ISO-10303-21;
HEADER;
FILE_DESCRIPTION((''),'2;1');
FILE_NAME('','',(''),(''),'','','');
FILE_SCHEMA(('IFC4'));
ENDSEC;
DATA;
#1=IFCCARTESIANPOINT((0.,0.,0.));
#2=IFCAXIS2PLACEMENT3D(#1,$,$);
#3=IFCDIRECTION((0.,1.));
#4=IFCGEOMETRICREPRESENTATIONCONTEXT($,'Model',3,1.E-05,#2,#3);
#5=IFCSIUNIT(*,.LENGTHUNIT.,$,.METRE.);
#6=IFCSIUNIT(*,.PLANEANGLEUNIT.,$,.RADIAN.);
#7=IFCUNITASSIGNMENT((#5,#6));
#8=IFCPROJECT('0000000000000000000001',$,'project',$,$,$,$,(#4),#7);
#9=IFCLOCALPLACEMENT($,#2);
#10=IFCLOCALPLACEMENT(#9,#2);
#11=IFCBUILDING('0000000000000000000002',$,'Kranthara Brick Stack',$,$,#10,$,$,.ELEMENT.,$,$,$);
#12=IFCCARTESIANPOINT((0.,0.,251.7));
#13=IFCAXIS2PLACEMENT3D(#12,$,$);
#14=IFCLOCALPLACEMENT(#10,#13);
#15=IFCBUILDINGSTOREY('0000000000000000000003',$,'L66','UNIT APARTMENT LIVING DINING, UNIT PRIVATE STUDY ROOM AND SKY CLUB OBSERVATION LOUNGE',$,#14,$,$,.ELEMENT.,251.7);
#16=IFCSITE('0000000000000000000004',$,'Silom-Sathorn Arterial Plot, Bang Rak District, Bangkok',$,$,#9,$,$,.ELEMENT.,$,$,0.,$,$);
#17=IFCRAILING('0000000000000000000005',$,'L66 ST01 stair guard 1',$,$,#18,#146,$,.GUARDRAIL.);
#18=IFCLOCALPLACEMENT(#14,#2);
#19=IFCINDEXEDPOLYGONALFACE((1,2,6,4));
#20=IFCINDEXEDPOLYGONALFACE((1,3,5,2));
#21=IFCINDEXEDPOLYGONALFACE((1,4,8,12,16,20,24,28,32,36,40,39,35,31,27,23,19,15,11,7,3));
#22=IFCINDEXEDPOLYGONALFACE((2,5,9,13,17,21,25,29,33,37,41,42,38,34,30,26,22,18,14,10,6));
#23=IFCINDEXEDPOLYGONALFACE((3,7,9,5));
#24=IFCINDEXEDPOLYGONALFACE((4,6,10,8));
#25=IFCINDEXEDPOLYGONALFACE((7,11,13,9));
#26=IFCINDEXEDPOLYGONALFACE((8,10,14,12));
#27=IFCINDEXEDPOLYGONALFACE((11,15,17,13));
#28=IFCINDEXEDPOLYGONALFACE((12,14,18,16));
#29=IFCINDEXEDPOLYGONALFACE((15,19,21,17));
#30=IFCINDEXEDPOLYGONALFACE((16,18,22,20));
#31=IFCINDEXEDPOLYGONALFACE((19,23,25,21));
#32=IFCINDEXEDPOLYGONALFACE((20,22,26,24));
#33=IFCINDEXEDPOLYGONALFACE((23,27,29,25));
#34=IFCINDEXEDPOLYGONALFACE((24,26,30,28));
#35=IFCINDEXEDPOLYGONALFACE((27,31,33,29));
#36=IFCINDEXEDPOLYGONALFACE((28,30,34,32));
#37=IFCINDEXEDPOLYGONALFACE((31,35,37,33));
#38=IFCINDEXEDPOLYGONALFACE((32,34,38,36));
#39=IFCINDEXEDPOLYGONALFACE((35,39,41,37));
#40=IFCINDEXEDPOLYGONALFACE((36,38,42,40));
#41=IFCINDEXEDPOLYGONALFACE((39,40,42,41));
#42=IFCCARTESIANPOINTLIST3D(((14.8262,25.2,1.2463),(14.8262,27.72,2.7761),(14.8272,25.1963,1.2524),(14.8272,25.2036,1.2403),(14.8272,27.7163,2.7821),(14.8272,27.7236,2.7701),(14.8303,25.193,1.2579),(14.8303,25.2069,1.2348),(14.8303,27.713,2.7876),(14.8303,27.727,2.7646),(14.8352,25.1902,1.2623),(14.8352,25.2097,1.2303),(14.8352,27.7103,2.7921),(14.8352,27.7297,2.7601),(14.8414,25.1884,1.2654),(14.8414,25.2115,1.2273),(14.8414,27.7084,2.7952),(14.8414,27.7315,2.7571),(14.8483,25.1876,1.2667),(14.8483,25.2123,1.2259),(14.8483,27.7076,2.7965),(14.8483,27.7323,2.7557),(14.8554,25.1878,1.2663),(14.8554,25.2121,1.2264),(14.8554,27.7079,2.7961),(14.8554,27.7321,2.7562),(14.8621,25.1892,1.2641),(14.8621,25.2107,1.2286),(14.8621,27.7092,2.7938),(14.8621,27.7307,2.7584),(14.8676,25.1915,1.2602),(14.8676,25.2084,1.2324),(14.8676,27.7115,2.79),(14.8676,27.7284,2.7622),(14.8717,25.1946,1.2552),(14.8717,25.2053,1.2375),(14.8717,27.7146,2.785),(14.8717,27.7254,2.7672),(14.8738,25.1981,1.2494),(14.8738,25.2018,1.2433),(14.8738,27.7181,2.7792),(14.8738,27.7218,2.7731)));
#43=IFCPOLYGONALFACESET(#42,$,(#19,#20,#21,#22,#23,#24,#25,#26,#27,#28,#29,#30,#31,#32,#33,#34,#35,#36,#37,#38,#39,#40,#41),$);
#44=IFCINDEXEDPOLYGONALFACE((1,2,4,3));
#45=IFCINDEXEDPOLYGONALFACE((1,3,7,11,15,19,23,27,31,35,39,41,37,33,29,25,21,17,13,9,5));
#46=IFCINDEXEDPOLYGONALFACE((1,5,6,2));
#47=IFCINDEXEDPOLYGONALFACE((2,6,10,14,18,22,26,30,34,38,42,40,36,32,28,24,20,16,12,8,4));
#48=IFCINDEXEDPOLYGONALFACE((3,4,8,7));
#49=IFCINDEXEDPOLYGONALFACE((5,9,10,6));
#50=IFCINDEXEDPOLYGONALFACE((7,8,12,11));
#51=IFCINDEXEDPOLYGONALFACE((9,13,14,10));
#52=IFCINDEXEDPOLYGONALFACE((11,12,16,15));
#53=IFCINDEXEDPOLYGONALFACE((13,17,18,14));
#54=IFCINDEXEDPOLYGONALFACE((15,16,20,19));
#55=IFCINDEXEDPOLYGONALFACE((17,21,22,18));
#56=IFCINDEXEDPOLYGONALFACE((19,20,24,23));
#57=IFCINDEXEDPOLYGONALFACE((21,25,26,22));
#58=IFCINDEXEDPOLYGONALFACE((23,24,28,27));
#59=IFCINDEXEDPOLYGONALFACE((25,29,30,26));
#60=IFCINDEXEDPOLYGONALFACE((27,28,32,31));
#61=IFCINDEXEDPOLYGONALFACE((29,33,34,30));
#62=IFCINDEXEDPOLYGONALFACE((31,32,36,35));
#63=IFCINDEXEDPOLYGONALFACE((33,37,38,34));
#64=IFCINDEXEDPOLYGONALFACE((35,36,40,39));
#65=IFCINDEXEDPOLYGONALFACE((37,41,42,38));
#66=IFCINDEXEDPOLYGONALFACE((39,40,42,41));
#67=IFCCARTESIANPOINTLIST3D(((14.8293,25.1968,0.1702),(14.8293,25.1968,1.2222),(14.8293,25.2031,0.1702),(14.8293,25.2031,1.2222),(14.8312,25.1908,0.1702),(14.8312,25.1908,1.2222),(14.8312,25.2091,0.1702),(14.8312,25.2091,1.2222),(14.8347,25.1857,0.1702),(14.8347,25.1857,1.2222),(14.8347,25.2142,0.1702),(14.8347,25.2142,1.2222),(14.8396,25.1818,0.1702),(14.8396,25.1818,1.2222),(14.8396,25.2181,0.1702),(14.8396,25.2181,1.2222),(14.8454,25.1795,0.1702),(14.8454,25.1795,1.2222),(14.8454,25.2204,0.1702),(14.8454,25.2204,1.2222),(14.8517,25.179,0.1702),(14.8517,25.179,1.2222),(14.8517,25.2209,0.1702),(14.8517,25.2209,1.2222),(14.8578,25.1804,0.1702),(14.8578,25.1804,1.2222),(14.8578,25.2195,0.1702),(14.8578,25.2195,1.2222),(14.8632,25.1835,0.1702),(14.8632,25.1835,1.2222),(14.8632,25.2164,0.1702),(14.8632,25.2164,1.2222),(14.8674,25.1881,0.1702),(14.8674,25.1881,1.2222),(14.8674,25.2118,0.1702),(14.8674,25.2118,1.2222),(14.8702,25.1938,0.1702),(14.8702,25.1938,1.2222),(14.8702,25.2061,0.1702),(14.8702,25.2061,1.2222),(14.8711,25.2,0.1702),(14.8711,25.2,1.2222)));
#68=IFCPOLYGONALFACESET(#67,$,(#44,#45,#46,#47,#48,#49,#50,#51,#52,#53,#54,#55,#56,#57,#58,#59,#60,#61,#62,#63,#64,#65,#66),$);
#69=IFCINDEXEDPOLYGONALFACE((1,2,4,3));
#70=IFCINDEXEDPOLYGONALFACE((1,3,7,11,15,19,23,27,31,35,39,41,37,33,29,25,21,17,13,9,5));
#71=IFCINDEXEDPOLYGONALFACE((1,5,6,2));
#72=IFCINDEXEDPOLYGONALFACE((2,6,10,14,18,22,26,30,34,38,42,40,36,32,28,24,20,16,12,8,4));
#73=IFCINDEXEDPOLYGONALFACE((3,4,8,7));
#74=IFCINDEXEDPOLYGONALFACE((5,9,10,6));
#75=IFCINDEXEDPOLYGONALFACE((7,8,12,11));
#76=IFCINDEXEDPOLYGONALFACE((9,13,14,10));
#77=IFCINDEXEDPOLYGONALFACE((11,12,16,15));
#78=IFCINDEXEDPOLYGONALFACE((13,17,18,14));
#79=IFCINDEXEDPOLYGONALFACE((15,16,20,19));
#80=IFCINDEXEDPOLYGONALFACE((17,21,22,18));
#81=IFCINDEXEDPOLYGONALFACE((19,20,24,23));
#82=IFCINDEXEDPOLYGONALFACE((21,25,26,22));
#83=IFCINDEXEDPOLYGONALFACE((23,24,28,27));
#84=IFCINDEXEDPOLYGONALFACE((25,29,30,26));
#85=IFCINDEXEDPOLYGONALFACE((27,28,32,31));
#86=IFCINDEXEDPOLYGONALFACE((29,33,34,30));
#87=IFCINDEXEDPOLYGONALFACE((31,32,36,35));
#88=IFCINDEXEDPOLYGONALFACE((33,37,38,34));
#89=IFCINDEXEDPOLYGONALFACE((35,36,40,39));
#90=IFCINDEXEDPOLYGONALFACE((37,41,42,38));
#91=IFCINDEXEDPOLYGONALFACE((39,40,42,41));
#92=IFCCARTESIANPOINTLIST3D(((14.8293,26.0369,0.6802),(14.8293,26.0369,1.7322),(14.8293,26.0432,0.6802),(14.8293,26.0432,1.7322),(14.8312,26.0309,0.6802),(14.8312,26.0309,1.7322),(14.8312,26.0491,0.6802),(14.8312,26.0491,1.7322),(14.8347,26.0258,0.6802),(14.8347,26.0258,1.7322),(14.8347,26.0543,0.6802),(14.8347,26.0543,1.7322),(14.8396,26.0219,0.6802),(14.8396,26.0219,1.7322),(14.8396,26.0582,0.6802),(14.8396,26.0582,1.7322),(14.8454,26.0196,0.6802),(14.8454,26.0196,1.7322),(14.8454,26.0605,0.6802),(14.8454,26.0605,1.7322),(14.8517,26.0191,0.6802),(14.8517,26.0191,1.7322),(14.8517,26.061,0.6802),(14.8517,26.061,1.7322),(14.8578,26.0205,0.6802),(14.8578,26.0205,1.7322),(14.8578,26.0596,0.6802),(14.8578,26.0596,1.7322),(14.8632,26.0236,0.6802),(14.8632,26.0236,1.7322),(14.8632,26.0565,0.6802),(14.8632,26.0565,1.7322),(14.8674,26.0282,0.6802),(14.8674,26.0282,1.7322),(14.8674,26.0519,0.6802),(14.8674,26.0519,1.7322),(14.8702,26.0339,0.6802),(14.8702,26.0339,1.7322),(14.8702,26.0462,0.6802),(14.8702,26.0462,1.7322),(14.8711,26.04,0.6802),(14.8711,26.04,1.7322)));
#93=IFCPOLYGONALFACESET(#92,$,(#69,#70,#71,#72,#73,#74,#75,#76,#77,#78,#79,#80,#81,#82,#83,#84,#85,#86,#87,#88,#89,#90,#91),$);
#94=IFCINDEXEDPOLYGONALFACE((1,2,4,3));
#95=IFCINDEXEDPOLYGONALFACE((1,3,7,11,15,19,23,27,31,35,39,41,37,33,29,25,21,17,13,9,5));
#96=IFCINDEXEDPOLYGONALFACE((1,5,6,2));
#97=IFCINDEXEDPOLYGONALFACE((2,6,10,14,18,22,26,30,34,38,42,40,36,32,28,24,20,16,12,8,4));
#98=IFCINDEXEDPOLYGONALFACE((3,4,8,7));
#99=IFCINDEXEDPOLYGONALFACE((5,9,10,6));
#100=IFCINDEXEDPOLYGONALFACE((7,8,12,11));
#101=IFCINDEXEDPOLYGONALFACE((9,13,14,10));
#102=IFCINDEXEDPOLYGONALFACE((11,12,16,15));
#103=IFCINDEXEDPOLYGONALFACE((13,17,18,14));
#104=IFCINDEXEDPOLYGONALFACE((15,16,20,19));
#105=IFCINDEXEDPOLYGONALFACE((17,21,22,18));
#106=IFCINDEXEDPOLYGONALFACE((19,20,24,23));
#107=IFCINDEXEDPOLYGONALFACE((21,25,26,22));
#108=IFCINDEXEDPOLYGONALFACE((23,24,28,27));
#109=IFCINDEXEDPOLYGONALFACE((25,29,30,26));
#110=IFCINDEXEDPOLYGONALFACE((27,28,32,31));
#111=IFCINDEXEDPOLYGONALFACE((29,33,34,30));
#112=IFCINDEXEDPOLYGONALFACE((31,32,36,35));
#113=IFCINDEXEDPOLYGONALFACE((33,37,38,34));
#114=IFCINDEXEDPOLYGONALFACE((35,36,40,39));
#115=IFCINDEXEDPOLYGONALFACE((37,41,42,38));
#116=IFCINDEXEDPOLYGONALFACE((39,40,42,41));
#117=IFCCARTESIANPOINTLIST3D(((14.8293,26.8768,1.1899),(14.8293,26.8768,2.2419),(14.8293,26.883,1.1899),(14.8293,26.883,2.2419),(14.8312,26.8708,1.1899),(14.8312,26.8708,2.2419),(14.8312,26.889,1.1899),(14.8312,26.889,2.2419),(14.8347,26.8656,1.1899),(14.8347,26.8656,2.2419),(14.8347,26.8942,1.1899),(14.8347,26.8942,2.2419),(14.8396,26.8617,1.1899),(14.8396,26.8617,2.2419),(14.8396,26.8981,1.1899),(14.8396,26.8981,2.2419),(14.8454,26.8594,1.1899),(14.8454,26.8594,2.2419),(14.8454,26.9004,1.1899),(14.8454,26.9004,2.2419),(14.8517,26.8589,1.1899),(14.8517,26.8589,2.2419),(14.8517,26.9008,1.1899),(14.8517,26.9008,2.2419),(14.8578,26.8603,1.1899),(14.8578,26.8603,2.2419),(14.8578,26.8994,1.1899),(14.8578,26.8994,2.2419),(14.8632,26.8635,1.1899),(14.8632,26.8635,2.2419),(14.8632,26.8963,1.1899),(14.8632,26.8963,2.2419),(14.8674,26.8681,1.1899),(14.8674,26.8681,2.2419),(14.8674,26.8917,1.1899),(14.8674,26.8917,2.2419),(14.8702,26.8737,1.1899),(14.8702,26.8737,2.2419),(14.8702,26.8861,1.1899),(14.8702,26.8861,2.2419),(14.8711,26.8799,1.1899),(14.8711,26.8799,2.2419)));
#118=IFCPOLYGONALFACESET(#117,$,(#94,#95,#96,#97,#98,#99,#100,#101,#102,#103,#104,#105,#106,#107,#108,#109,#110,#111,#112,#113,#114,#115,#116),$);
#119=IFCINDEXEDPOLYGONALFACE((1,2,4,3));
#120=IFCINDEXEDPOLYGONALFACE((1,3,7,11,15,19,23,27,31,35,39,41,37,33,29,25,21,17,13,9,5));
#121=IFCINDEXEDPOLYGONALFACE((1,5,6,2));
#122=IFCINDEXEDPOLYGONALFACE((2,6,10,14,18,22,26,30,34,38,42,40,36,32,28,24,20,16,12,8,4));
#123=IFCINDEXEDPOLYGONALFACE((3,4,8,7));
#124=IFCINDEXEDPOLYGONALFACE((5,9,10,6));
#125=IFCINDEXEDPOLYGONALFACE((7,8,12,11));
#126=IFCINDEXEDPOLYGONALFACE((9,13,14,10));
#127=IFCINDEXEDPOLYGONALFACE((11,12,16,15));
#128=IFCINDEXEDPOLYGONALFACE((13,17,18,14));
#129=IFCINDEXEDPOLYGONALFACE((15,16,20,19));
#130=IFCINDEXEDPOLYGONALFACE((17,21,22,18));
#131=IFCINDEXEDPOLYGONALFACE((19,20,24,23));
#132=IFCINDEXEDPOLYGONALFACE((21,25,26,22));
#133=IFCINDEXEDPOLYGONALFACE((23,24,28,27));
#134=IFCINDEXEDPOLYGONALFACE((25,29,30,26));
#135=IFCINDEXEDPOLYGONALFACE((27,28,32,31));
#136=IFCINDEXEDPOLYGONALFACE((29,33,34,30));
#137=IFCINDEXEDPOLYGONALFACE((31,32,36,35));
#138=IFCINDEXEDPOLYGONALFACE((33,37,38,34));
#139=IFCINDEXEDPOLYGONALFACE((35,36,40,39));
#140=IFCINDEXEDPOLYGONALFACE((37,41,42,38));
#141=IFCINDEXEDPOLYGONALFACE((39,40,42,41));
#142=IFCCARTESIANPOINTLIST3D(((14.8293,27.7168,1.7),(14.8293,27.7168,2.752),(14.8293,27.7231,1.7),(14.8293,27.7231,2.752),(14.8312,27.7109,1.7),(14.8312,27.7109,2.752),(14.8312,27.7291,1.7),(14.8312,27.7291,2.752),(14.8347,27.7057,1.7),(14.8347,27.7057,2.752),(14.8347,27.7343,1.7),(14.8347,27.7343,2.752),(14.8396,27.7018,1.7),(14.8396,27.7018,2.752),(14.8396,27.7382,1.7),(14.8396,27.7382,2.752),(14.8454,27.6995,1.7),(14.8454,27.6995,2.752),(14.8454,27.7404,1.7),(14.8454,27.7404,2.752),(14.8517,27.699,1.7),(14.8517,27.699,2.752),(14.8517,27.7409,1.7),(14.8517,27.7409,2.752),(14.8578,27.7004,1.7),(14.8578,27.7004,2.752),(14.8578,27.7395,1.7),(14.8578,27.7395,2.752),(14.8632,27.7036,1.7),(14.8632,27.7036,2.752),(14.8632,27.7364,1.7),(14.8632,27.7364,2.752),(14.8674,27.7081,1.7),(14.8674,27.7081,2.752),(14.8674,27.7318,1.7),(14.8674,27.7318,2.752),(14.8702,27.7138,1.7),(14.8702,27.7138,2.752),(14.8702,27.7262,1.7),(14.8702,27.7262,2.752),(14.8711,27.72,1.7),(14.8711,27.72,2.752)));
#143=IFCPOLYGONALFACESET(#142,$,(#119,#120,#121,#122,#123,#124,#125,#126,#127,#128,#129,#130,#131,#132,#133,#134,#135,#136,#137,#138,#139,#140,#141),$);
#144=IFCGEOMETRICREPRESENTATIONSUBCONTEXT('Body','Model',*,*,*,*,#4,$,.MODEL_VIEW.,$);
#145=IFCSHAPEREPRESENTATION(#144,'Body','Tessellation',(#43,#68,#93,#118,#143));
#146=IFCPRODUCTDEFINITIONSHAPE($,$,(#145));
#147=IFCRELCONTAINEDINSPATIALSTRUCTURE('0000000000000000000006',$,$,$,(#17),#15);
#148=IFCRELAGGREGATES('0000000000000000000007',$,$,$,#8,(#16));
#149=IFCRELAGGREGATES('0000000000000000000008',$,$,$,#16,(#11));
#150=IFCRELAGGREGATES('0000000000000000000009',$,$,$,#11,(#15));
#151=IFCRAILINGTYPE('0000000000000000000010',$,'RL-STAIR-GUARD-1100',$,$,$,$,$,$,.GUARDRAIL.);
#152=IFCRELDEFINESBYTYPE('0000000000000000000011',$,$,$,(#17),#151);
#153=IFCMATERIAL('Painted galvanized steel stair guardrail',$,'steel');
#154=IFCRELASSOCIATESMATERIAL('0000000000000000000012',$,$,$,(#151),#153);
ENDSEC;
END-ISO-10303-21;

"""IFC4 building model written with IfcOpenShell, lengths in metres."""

from ifc_helpers import new_model, si_unit, direction, frame, origin, origin_2d, place, context, subcontext, project, spatial, circle, extrude, material, type_object, element, save


model = new_model("IFC4")

# Units and contexts
model_context = context("Model", 3, precision=1e-05, world=origin(), true_north=direction((0.0, 1.0)))
body_context = subcontext(model_context, "Body", "Model", "MODEL_VIEW")
ifc_project = project(units=[si_unit("LENGTHUNIT", "METRE"), si_unit("PLANEANGLEUNIT", "RADIAN")], contexts=[model_context])

# Site, building, storey
site_placement = place(None, origin())
site = spatial("IfcSite", under=ifc_project, at=site_placement, Name="Silom-Sathorn Arterial Plot, Bang Rak District, Bangkok", CompositionType="ELEMENT", RefElevation=0.0)
building_placement = place(site_placement, origin())
building = spatial("IfcBuilding", under=site, at=building_placement, Name="Kranthara Brick Stack", CompositionType="ELEMENT")
storey_placement = place(building_placement, frame((0.0, 0.0, 251.7)))
storey = spatial("IfcBuildingStorey", under=building, at=storey_placement, Name="L66", Description="UNIT APARTMENT LIVING DINING, UNIT PRIVATE STUDY ROOM AND SKY CLUB OBSERVATION LOUNGE", CompositionType="ELEMENT", Elevation=251.7)

# Railing
ifc_material_1 = material(Name="Painted galvanized steel stair guardrail", Category="steel")
railing_type_1 = type_object("IfcRailingType", Name="RL-STAIR-GUARD-1100", PredefinedType="GUARDRAIL", material=ifc_material_1)
railing_1_placement = place(storey_placement, frame((14.8501, 25.2, 0.1702)))
element("IfcRailing", 1, at=railing_1_placement, inside=storey, type_object=railing_type_1, Name="L66 ST01 stair guard 1", PredefinedType="GUARDRAIL", context=body_context, shape_type="SweptSolid", body=[
    extrude(circle(Radius=0.0239, at=origin_2d()), frame((0.0, 0.0, 1.0762), z_axis=(0.0, 0.854822, 0.518922), x_axis=(-1.0, 0.0, 0.0)), (0.0, 0.0, 1.0), 2.948),
    extrude(circle(Radius=0.021, at=origin_2d()), origin(), (0.0, 0.0, 1.0), 1.052),
    extrude(circle(Radius=0.021, at=origin_2d()), frame((0.0, 0.8401, 0.51)), (0.0, 0.0, 1.0), 1.052),
    extrude(circle(Radius=0.021, at=origin_2d()), frame((0.0, 1.6799, 1.0198)), (0.0, 0.0, 1.0), 1.052),
    extrude(circle(Radius=0.021, at=origin_2d()), frame((0.0, 2.52, 1.5298)), (0.0, 0.0, 1.0), 1.052),
])

save(model, "model.ifc")
